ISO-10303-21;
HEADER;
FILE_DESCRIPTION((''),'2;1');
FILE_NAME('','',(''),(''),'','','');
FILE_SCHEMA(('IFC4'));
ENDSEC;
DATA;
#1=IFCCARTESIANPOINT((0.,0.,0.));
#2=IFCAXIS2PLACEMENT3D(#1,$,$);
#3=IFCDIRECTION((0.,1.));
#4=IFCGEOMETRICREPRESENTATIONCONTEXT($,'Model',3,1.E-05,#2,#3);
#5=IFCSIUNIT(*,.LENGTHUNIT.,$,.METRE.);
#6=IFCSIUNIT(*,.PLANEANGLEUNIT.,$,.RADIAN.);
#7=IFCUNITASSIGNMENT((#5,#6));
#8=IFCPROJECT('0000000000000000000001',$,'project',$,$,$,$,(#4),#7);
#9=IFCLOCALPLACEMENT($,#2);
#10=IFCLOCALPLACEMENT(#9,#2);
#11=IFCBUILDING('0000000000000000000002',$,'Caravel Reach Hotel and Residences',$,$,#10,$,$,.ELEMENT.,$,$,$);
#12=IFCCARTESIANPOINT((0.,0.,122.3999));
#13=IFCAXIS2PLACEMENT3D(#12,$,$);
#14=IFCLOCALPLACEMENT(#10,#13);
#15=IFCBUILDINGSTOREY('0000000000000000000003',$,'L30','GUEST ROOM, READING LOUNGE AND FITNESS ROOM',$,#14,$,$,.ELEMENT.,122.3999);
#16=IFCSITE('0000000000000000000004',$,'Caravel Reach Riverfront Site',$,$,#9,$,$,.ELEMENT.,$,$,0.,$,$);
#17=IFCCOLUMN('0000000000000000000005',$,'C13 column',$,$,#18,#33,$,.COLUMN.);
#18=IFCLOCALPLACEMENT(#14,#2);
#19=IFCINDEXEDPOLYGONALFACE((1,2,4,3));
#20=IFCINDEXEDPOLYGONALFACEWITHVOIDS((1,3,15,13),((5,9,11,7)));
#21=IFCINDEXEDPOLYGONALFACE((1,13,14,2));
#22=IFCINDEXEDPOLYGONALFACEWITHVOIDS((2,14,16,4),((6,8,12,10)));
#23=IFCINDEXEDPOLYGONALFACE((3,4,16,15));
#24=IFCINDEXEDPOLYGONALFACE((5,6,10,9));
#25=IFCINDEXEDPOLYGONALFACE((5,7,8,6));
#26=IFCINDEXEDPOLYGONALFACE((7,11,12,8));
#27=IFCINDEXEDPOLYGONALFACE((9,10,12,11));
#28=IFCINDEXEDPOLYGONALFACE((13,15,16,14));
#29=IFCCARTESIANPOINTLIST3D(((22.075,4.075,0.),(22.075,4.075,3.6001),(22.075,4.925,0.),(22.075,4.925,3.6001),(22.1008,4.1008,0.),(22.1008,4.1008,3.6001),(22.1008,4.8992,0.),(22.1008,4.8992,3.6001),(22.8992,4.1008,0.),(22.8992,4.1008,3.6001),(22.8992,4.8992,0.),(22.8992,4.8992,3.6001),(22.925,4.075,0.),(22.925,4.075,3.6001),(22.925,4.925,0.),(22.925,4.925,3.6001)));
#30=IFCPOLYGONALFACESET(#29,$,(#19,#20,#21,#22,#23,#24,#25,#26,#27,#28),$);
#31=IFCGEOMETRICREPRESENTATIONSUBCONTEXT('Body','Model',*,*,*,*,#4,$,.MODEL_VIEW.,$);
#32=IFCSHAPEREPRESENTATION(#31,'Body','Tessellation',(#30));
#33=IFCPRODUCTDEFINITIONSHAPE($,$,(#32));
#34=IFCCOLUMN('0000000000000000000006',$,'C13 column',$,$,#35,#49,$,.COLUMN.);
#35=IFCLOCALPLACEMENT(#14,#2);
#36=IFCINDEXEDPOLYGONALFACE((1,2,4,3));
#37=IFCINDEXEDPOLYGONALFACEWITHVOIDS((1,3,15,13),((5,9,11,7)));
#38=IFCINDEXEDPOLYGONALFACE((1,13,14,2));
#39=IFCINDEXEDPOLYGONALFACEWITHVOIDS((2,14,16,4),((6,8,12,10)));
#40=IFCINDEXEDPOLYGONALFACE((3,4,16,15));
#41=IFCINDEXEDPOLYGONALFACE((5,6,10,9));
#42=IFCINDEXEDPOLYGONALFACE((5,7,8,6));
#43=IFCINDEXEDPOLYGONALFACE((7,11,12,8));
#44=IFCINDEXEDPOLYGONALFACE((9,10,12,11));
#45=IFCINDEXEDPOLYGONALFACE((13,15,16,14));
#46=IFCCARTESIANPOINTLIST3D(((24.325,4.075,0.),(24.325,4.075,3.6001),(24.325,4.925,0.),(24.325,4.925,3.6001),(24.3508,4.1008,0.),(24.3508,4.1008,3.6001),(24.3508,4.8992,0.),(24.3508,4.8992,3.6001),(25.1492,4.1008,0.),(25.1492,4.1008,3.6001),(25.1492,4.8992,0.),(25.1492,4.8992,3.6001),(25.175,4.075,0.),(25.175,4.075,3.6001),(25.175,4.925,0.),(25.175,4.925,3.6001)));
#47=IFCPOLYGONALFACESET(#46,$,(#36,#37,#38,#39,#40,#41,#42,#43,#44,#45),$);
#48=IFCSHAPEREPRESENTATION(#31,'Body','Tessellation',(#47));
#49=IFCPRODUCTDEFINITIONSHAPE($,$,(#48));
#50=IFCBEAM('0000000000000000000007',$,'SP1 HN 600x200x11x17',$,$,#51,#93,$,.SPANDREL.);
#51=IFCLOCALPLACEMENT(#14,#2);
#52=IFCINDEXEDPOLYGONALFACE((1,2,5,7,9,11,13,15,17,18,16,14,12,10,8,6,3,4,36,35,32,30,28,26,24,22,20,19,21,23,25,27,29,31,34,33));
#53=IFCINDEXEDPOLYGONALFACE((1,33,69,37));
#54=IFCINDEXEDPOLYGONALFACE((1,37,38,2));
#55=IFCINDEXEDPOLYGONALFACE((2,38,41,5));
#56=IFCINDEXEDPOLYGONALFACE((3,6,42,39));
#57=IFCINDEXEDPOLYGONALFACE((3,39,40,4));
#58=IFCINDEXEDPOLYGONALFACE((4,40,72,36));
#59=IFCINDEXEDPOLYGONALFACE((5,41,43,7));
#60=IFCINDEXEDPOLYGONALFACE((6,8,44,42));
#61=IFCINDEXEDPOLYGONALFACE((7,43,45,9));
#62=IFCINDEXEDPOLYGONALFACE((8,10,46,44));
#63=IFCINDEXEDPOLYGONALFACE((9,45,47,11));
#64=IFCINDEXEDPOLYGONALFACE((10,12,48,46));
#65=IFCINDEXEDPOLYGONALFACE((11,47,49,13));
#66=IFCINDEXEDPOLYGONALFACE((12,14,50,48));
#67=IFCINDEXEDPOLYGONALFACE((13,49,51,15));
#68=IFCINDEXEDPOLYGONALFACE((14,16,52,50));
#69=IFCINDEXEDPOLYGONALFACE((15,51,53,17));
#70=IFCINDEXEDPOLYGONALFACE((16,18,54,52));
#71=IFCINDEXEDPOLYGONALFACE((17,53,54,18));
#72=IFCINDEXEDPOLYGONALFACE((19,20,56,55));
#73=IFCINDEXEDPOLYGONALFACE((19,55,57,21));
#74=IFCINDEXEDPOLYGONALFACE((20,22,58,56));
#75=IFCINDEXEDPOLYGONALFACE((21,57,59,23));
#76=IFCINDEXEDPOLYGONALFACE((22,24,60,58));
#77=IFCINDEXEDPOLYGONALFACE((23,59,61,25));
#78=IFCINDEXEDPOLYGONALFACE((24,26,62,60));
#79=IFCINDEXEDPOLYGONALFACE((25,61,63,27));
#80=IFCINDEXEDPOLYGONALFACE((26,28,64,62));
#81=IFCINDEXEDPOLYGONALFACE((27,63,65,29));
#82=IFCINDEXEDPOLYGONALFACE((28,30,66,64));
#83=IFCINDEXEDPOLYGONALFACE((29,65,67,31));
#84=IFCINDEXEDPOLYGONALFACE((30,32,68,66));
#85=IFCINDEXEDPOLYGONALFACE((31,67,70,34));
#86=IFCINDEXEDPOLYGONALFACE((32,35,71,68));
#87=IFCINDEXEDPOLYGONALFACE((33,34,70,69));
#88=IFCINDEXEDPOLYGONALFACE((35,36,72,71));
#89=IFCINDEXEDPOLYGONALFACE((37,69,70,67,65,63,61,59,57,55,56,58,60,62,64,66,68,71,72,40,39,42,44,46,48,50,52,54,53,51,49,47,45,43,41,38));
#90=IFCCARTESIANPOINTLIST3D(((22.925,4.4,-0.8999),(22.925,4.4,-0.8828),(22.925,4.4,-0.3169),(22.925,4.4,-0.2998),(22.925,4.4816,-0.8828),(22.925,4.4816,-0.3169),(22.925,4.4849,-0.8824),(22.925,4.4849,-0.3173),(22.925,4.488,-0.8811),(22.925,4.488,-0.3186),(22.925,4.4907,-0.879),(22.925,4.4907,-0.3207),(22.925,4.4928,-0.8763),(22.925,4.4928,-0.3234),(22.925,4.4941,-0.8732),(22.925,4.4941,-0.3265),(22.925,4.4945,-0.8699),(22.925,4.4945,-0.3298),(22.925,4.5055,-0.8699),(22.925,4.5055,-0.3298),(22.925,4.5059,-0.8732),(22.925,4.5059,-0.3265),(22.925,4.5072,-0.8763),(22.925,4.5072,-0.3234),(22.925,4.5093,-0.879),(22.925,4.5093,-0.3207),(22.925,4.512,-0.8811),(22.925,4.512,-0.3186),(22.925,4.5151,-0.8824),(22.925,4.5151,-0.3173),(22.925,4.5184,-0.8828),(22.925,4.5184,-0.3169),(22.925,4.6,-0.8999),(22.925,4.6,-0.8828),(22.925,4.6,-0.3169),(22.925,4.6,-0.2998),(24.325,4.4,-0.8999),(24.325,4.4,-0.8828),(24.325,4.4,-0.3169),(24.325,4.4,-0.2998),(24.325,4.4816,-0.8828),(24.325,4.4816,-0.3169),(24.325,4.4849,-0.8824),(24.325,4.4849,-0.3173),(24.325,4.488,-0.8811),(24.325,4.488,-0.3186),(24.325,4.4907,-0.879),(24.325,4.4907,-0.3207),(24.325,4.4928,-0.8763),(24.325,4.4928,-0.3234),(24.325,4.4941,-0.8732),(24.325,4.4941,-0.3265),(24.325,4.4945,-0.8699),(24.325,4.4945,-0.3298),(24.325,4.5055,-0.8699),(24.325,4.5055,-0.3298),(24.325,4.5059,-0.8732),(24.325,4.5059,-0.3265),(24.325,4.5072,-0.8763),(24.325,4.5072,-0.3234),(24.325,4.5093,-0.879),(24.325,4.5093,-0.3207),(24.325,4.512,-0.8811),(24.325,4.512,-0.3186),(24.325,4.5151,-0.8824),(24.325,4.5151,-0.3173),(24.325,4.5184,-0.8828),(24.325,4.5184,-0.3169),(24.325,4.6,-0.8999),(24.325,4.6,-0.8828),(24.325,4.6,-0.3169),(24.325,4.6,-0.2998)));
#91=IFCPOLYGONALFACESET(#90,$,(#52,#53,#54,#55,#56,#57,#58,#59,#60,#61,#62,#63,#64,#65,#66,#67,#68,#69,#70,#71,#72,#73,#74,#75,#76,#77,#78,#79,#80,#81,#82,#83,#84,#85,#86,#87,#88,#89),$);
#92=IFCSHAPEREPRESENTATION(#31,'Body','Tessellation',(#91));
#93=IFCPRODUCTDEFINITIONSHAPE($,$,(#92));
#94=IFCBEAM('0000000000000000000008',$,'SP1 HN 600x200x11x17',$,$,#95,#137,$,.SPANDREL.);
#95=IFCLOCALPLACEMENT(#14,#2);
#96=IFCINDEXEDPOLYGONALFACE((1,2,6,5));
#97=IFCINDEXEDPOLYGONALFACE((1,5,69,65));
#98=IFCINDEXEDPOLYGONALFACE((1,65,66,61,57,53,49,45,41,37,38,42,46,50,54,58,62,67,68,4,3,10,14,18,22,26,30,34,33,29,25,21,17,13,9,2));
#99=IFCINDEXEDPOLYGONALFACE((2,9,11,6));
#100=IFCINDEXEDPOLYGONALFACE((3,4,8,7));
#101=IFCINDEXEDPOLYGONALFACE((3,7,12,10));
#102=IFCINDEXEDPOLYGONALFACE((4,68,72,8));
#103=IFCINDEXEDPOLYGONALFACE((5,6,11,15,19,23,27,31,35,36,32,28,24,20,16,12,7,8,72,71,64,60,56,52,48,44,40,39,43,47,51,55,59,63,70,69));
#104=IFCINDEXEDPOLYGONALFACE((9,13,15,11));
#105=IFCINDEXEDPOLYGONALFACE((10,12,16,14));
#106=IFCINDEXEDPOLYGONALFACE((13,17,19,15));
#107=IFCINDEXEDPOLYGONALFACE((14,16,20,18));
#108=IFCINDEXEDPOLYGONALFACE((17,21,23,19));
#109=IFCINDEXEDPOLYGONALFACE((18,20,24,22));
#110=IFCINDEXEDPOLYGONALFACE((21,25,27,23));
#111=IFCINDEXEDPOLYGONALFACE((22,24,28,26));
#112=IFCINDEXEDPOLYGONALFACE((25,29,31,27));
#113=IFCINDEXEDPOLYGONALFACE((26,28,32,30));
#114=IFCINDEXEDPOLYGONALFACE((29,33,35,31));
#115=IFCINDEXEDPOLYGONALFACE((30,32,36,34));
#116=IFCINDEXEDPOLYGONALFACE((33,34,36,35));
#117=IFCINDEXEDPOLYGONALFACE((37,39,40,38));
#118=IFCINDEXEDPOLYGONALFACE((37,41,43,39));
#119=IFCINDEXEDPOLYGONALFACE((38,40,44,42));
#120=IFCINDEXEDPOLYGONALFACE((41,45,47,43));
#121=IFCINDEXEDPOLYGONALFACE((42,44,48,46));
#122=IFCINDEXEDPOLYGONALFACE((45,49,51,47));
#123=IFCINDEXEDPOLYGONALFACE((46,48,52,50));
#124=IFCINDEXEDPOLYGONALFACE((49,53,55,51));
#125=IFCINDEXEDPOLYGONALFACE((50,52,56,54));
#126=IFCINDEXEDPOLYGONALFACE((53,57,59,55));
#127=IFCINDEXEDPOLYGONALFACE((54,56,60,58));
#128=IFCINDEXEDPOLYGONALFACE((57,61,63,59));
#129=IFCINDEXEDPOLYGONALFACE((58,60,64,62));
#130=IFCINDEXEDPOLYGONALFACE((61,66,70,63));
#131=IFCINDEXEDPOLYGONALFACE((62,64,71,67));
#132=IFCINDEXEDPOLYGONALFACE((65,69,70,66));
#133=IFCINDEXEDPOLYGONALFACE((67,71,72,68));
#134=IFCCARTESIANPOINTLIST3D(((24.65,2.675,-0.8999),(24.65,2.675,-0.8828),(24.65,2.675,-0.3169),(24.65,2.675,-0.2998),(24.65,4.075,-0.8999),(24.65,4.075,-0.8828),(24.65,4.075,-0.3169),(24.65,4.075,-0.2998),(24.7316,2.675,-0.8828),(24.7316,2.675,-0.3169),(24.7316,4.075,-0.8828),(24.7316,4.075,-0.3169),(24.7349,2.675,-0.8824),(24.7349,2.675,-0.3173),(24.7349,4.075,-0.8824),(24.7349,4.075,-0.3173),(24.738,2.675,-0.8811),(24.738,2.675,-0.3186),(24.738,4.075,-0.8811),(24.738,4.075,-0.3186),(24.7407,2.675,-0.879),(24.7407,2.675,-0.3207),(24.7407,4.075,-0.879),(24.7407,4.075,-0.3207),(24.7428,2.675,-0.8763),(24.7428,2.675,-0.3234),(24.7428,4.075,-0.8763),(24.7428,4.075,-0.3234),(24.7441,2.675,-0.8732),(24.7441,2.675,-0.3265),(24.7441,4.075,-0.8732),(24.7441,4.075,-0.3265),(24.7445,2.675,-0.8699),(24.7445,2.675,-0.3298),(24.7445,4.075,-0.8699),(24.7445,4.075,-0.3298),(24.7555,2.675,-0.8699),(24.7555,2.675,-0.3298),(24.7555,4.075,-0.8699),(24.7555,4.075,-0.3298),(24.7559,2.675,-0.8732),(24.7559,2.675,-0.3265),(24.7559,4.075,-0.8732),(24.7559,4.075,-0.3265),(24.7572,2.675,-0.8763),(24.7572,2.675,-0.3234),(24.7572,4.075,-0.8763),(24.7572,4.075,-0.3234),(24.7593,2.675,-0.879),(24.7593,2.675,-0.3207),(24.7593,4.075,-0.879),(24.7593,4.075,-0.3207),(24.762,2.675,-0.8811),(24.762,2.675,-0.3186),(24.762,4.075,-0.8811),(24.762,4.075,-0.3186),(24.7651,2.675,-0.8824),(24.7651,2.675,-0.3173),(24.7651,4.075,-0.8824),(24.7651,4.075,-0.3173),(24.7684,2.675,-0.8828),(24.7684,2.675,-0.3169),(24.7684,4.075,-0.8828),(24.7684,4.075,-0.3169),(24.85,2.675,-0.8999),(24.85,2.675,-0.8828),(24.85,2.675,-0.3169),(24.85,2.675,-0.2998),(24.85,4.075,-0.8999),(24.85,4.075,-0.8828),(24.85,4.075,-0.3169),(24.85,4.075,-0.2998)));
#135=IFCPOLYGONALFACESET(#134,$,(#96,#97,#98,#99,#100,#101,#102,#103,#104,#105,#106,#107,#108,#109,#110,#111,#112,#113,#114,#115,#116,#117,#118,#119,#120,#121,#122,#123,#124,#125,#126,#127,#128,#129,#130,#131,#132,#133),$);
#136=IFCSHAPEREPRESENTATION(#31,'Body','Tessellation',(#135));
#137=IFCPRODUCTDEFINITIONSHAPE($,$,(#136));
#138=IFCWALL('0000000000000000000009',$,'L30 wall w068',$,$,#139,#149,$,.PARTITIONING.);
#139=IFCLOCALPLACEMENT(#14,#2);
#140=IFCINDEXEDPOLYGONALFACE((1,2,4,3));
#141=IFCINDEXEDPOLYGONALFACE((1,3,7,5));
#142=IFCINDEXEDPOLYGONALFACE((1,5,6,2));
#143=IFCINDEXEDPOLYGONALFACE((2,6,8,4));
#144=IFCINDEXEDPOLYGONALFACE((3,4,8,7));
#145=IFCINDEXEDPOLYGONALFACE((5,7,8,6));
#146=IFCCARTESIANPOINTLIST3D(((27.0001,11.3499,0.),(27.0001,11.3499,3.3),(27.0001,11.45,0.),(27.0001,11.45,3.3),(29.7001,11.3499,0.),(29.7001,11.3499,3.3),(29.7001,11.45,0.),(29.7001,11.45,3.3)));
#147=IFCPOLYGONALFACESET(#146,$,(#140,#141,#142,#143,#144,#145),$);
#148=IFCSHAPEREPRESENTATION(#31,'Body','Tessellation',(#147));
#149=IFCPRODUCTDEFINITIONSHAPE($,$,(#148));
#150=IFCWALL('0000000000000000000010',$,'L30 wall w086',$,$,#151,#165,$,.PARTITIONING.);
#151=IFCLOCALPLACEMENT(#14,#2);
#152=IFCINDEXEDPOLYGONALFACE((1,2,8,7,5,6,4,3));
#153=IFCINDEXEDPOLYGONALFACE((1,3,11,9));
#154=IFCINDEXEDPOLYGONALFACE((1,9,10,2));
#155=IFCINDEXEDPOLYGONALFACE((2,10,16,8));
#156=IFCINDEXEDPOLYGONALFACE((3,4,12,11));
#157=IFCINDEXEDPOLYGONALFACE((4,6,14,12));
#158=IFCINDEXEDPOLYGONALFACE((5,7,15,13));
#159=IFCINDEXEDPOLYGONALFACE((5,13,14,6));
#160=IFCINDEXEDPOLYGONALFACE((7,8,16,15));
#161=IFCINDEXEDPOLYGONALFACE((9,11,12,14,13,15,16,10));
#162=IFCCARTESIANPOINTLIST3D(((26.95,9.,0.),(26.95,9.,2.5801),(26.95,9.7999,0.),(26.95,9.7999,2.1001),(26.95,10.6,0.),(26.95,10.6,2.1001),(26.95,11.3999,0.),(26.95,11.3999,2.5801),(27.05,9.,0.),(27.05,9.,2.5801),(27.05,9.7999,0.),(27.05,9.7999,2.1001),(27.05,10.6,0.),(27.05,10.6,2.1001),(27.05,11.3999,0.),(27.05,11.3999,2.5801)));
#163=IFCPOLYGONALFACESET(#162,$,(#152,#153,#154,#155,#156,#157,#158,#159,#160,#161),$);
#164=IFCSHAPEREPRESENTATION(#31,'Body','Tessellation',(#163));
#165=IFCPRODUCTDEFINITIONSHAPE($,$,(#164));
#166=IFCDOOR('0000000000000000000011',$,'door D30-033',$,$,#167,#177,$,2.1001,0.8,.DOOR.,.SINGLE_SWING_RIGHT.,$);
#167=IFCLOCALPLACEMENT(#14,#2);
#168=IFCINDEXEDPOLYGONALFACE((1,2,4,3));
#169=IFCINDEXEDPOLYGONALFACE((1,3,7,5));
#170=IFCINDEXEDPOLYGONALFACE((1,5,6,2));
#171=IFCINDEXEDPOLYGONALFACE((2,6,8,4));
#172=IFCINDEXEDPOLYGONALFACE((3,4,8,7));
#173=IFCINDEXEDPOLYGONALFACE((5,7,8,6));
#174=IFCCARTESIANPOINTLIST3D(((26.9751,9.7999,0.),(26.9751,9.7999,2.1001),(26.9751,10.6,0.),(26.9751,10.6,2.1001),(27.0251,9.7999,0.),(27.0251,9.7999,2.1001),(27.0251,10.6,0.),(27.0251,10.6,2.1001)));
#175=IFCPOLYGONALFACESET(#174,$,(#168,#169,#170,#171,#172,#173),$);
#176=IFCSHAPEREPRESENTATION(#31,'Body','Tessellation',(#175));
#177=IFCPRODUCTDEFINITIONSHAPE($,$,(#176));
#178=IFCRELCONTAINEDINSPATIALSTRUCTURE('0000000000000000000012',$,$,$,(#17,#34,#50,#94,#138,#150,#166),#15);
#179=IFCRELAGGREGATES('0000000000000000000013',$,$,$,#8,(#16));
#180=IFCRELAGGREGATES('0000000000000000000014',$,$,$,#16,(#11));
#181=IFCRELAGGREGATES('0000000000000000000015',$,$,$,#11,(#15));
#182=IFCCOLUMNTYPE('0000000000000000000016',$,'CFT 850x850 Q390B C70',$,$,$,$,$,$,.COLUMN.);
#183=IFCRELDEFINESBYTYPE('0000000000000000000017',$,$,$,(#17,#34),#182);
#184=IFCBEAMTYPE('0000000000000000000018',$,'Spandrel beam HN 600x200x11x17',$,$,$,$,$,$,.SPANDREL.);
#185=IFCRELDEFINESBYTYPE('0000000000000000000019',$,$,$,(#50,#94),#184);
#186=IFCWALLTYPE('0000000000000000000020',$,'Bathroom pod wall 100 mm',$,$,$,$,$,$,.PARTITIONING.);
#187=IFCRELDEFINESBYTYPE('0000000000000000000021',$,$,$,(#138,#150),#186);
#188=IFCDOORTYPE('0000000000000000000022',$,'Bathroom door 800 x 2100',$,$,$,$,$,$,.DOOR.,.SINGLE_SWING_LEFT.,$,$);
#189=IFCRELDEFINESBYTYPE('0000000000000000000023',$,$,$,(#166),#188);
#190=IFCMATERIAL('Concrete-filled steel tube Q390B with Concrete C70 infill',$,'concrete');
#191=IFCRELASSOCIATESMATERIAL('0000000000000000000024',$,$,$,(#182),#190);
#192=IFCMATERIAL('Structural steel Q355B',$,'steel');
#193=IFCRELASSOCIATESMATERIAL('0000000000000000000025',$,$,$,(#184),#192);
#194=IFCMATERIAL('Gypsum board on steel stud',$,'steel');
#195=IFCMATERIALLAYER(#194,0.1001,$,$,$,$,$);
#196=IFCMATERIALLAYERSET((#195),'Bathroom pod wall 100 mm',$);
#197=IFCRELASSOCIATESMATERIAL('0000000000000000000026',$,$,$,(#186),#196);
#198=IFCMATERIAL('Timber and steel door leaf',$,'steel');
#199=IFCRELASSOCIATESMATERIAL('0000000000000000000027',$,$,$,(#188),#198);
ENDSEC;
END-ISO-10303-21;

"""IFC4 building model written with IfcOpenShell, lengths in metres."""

from ifc_helpers import new_model, si_unit, direction, frame, frame_2d, origin, origin_2d, place, context, subcontext, project, spatial, rectangle, hollow_rectangle, i_section, extrude, material, layer, layer_set, material_profile, profile_set, type_object, element, fill, save


model = new_model("IFC4")

# Units and contexts
model_context = context("Model", 3, precision=1e-05, world=origin(), true_north=direction((0.0, 1.0)))
body_context = subcontext(model_context, "Body", "Model", "MODEL_VIEW")
ifc_project = project(units=[si_unit("LENGTHUNIT", "METRE"), si_unit("PLANEANGLEUNIT", "RADIAN")], contexts=[model_context])

# Site, building, storey
site_placement = place(None, origin())
site = spatial("IfcSite", under=ifc_project, at=site_placement, Name="Caravel Reach Riverfront Site", CompositionType="ELEMENT", RefElevation=0.0)
building_placement = place(site_placement, origin())
building = spatial("IfcBuilding", under=site, at=building_placement, Name="Caravel Reach Hotel and Residences", CompositionType="ELEMENT")
storey_placement = place(building_placement, frame((0.0, 0.0, 122.3999)))
storey = spatial("IfcBuildingStorey", under=building, at=storey_placement, Name="L30", Description="GUEST ROOM, READING LOUNGE AND FITNESS ROOM", CompositionType="ELEMENT", Elevation=122.3999)

# Columns
ifc_material_1 = material(Name="Concrete-filled steel tube Q390B with Concrete C70 infill", Category="concrete")
ifc_material_profile_1 = material_profile(ifc_material_1, hollow_rectangle(XDim=0.8501, YDim=0.8501, WallThickness=0.0259, at=origin_2d()), Name="RHS 850x850x26")
ifc_profile_set_1 = profile_set([ifc_material_profile_1], Name="Concrete-filled steel tube Q390B with Concrete C70 infill")
column_type = type_object("IfcColumnType", Name="CFT 850x850 Q390B C70", PredefinedType="COLUMN", material=ifc_profile_set_1)
for number, where, z_axis, x_axis, name in (
    (1, (22.5, 4.5, 0.0), (0.0, 0.0, 1.0), (1.0, 0.0, 0.0), "C13 column"),
    (2, (24.75, 4.5, 0.0), (0.0, 0.0, 1.0), (1.0, 0.0, 0.0), "C13 column"),
):
    element("IfcColumn", number, at=place(storey_placement, frame(where, z_axis=z_axis, x_axis=x_axis)), inside=storey, type_object=column_type, Name=name, PredefinedType="COLUMN", context=body_context, shape_type="SweptSolid", body=[
        extrude(hollow_rectangle(XDim=0.8501, YDim=0.8501, WallThickness=0.0259, at=origin_2d()), origin(), (0.0, 0.0, 1.0), 3.6001),
    ])

# Beams
ifc_material_2 = material(Name="Structural steel Q355B", Category="steel")
ifc_material_profile_2 = material_profile(ifc_material_2, i_section(OverallWidth=0.2, OverallDepth=0.6001, WebThickness=0.011, FlangeThickness=0.0171, FilletRadius=0.0129, at=origin_2d()), Name="HN 600x200x11x17")
ifc_profile_set_2 = profile_set([ifc_material_profile_2], Name="Structural steel Q355B")
beam_type = type_object("IfcBeamType", Name="Spandrel beam HN 600x200x11x17", PredefinedType="SPANDREL", material=ifc_profile_set_2)
for number, where, z_axis, x_axis, name in (
    (3, (22.925, 4.5, -0.5999), (1.0, 0.0, 0.0), (0.0, 1.0, 0.0), "SP1 HN 600x200x11x17"),
    (4, (24.75, 4.075, -0.5999), (0.0, -1.0, 0.0), (1.0, 0.0, 0.0), "SP1 HN 600x200x11x17"),
):
    element("IfcBeam", number, at=place(storey_placement, frame(where, z_axis=z_axis, x_axis=x_axis)), inside=storey, type_object=beam_type, Name=name, PredefinedType="SPANDREL", context=body_context, shape_type="SweptSolid", body=[
        extrude(i_section(OverallWidth=0.2, OverallDepth=0.6001, WebThickness=0.011, FlangeThickness=0.0171, FilletRadius=0.0129, at=origin_2d()), origin(), (0.0, 0.0, 1.0), 1.3999),
    ])

# Wall
ifc_material_3 = material(Name="Gypsum board on steel stud", Category="steel")
ifc_layer_1 = layer(ifc_material_3, 0.1001)
ifc_layer_set_1 = layer_set([ifc_layer_1], Name="Bathroom pod wall 100 mm")
wall_type_1 = type_object("IfcWallType", Name="Bathroom pod wall 100 mm", PredefinedType="PARTITIONING", material=ifc_layer_set_1)
wall_1_placement = place(storey_placement, frame((27.0, 11.3999, 0.0), z_axis=(0.0, 0.0, 1.0), x_axis=(1.0, 0.0, 0.0)))
element("IfcWall", 5, at=wall_1_placement, inside=storey, type_object=wall_type_1, Name="L30 wall w068", PredefinedType="PARTITIONING", context=body_context, shape_type="SweptSolid", body=[
    extrude(rectangle(XDim=2.7, YDim=0.1001, at=frame_2d((1.3501, 0.0))), origin(), (0.0, 0.0, 1.0), 3.3),
])

# Wall, opening, door
wall_2_placement = place(storey_placement, frame((27.0, 9.0, 0.0), z_axis=(0.0, 0.0, 1.0), x_axis=(0.0, 1.0, 0.0)))
wall_2 = element("IfcWall", 6, at=wall_2_placement, inside=storey, type_object=wall_type_1, Name="L30 wall w086", PredefinedType="PARTITIONING", context=body_context, shape_type="SweptSolid", body=[
    extrude(rectangle(XDim=2.3999, YDim=0.1001, at=frame_2d((1.2, 0.0))), origin(), (0.0, 0.0, 1.0), 2.5801),
])
opening_1_placement = place(wall_2_placement, frame((0.8, 0.0, 0.0)))
opening_1 = element("IfcOpeningElement", 7, at=opening_1_placement, cuts=wall_2, PredefinedType="OPENING", context=body_context, shape_type="SweptSolid", body=[
    extrude(rectangle(XDim=0.8, YDim=2.1001, at=frame_2d((0.3999, 1.05))), frame((0.0, 0.0601, 0.0), z_axis=(0.0, -1.0, 0.0), x_axis=(1.0, 0.0, 0.0)), (0.0, 0.0, 1.0), 0.1201),
])
ifc_material_4 = material(Name="Timber and steel door leaf", Category="steel")
door_type_1 = type_object("IfcDoorType", Name="Bathroom door 800 x 2100", OperationType="SINGLE_SWING_LEFT", PredefinedType="DOOR", material=ifc_material_4)
door_1_placement = place(opening_1_placement, origin())
door_1 = element("IfcDoor", 8, at=door_1_placement, inside=storey, type_object=door_type_1, Name="door D30-033", OperationType="SINGLE_SWING_RIGHT", OverallHeight=2.1001, OverallWidth=0.8, PredefinedType="DOOR", context=body_context, shape_type="SweptSolid", body=[
    extrude(rectangle(XDim=0.8, YDim=2.1001, at=frame_2d((0.3999, 1.05))), frame((0.0, 0.0249, 0.0), z_axis=(0.0, -1.0, 0.0), x_axis=(1.0, 0.0, 0.0)), (0.0, 0.0, 1.0), 0.05),
])
fill(opening_1, door_1)

save(model, "model.ifc")
